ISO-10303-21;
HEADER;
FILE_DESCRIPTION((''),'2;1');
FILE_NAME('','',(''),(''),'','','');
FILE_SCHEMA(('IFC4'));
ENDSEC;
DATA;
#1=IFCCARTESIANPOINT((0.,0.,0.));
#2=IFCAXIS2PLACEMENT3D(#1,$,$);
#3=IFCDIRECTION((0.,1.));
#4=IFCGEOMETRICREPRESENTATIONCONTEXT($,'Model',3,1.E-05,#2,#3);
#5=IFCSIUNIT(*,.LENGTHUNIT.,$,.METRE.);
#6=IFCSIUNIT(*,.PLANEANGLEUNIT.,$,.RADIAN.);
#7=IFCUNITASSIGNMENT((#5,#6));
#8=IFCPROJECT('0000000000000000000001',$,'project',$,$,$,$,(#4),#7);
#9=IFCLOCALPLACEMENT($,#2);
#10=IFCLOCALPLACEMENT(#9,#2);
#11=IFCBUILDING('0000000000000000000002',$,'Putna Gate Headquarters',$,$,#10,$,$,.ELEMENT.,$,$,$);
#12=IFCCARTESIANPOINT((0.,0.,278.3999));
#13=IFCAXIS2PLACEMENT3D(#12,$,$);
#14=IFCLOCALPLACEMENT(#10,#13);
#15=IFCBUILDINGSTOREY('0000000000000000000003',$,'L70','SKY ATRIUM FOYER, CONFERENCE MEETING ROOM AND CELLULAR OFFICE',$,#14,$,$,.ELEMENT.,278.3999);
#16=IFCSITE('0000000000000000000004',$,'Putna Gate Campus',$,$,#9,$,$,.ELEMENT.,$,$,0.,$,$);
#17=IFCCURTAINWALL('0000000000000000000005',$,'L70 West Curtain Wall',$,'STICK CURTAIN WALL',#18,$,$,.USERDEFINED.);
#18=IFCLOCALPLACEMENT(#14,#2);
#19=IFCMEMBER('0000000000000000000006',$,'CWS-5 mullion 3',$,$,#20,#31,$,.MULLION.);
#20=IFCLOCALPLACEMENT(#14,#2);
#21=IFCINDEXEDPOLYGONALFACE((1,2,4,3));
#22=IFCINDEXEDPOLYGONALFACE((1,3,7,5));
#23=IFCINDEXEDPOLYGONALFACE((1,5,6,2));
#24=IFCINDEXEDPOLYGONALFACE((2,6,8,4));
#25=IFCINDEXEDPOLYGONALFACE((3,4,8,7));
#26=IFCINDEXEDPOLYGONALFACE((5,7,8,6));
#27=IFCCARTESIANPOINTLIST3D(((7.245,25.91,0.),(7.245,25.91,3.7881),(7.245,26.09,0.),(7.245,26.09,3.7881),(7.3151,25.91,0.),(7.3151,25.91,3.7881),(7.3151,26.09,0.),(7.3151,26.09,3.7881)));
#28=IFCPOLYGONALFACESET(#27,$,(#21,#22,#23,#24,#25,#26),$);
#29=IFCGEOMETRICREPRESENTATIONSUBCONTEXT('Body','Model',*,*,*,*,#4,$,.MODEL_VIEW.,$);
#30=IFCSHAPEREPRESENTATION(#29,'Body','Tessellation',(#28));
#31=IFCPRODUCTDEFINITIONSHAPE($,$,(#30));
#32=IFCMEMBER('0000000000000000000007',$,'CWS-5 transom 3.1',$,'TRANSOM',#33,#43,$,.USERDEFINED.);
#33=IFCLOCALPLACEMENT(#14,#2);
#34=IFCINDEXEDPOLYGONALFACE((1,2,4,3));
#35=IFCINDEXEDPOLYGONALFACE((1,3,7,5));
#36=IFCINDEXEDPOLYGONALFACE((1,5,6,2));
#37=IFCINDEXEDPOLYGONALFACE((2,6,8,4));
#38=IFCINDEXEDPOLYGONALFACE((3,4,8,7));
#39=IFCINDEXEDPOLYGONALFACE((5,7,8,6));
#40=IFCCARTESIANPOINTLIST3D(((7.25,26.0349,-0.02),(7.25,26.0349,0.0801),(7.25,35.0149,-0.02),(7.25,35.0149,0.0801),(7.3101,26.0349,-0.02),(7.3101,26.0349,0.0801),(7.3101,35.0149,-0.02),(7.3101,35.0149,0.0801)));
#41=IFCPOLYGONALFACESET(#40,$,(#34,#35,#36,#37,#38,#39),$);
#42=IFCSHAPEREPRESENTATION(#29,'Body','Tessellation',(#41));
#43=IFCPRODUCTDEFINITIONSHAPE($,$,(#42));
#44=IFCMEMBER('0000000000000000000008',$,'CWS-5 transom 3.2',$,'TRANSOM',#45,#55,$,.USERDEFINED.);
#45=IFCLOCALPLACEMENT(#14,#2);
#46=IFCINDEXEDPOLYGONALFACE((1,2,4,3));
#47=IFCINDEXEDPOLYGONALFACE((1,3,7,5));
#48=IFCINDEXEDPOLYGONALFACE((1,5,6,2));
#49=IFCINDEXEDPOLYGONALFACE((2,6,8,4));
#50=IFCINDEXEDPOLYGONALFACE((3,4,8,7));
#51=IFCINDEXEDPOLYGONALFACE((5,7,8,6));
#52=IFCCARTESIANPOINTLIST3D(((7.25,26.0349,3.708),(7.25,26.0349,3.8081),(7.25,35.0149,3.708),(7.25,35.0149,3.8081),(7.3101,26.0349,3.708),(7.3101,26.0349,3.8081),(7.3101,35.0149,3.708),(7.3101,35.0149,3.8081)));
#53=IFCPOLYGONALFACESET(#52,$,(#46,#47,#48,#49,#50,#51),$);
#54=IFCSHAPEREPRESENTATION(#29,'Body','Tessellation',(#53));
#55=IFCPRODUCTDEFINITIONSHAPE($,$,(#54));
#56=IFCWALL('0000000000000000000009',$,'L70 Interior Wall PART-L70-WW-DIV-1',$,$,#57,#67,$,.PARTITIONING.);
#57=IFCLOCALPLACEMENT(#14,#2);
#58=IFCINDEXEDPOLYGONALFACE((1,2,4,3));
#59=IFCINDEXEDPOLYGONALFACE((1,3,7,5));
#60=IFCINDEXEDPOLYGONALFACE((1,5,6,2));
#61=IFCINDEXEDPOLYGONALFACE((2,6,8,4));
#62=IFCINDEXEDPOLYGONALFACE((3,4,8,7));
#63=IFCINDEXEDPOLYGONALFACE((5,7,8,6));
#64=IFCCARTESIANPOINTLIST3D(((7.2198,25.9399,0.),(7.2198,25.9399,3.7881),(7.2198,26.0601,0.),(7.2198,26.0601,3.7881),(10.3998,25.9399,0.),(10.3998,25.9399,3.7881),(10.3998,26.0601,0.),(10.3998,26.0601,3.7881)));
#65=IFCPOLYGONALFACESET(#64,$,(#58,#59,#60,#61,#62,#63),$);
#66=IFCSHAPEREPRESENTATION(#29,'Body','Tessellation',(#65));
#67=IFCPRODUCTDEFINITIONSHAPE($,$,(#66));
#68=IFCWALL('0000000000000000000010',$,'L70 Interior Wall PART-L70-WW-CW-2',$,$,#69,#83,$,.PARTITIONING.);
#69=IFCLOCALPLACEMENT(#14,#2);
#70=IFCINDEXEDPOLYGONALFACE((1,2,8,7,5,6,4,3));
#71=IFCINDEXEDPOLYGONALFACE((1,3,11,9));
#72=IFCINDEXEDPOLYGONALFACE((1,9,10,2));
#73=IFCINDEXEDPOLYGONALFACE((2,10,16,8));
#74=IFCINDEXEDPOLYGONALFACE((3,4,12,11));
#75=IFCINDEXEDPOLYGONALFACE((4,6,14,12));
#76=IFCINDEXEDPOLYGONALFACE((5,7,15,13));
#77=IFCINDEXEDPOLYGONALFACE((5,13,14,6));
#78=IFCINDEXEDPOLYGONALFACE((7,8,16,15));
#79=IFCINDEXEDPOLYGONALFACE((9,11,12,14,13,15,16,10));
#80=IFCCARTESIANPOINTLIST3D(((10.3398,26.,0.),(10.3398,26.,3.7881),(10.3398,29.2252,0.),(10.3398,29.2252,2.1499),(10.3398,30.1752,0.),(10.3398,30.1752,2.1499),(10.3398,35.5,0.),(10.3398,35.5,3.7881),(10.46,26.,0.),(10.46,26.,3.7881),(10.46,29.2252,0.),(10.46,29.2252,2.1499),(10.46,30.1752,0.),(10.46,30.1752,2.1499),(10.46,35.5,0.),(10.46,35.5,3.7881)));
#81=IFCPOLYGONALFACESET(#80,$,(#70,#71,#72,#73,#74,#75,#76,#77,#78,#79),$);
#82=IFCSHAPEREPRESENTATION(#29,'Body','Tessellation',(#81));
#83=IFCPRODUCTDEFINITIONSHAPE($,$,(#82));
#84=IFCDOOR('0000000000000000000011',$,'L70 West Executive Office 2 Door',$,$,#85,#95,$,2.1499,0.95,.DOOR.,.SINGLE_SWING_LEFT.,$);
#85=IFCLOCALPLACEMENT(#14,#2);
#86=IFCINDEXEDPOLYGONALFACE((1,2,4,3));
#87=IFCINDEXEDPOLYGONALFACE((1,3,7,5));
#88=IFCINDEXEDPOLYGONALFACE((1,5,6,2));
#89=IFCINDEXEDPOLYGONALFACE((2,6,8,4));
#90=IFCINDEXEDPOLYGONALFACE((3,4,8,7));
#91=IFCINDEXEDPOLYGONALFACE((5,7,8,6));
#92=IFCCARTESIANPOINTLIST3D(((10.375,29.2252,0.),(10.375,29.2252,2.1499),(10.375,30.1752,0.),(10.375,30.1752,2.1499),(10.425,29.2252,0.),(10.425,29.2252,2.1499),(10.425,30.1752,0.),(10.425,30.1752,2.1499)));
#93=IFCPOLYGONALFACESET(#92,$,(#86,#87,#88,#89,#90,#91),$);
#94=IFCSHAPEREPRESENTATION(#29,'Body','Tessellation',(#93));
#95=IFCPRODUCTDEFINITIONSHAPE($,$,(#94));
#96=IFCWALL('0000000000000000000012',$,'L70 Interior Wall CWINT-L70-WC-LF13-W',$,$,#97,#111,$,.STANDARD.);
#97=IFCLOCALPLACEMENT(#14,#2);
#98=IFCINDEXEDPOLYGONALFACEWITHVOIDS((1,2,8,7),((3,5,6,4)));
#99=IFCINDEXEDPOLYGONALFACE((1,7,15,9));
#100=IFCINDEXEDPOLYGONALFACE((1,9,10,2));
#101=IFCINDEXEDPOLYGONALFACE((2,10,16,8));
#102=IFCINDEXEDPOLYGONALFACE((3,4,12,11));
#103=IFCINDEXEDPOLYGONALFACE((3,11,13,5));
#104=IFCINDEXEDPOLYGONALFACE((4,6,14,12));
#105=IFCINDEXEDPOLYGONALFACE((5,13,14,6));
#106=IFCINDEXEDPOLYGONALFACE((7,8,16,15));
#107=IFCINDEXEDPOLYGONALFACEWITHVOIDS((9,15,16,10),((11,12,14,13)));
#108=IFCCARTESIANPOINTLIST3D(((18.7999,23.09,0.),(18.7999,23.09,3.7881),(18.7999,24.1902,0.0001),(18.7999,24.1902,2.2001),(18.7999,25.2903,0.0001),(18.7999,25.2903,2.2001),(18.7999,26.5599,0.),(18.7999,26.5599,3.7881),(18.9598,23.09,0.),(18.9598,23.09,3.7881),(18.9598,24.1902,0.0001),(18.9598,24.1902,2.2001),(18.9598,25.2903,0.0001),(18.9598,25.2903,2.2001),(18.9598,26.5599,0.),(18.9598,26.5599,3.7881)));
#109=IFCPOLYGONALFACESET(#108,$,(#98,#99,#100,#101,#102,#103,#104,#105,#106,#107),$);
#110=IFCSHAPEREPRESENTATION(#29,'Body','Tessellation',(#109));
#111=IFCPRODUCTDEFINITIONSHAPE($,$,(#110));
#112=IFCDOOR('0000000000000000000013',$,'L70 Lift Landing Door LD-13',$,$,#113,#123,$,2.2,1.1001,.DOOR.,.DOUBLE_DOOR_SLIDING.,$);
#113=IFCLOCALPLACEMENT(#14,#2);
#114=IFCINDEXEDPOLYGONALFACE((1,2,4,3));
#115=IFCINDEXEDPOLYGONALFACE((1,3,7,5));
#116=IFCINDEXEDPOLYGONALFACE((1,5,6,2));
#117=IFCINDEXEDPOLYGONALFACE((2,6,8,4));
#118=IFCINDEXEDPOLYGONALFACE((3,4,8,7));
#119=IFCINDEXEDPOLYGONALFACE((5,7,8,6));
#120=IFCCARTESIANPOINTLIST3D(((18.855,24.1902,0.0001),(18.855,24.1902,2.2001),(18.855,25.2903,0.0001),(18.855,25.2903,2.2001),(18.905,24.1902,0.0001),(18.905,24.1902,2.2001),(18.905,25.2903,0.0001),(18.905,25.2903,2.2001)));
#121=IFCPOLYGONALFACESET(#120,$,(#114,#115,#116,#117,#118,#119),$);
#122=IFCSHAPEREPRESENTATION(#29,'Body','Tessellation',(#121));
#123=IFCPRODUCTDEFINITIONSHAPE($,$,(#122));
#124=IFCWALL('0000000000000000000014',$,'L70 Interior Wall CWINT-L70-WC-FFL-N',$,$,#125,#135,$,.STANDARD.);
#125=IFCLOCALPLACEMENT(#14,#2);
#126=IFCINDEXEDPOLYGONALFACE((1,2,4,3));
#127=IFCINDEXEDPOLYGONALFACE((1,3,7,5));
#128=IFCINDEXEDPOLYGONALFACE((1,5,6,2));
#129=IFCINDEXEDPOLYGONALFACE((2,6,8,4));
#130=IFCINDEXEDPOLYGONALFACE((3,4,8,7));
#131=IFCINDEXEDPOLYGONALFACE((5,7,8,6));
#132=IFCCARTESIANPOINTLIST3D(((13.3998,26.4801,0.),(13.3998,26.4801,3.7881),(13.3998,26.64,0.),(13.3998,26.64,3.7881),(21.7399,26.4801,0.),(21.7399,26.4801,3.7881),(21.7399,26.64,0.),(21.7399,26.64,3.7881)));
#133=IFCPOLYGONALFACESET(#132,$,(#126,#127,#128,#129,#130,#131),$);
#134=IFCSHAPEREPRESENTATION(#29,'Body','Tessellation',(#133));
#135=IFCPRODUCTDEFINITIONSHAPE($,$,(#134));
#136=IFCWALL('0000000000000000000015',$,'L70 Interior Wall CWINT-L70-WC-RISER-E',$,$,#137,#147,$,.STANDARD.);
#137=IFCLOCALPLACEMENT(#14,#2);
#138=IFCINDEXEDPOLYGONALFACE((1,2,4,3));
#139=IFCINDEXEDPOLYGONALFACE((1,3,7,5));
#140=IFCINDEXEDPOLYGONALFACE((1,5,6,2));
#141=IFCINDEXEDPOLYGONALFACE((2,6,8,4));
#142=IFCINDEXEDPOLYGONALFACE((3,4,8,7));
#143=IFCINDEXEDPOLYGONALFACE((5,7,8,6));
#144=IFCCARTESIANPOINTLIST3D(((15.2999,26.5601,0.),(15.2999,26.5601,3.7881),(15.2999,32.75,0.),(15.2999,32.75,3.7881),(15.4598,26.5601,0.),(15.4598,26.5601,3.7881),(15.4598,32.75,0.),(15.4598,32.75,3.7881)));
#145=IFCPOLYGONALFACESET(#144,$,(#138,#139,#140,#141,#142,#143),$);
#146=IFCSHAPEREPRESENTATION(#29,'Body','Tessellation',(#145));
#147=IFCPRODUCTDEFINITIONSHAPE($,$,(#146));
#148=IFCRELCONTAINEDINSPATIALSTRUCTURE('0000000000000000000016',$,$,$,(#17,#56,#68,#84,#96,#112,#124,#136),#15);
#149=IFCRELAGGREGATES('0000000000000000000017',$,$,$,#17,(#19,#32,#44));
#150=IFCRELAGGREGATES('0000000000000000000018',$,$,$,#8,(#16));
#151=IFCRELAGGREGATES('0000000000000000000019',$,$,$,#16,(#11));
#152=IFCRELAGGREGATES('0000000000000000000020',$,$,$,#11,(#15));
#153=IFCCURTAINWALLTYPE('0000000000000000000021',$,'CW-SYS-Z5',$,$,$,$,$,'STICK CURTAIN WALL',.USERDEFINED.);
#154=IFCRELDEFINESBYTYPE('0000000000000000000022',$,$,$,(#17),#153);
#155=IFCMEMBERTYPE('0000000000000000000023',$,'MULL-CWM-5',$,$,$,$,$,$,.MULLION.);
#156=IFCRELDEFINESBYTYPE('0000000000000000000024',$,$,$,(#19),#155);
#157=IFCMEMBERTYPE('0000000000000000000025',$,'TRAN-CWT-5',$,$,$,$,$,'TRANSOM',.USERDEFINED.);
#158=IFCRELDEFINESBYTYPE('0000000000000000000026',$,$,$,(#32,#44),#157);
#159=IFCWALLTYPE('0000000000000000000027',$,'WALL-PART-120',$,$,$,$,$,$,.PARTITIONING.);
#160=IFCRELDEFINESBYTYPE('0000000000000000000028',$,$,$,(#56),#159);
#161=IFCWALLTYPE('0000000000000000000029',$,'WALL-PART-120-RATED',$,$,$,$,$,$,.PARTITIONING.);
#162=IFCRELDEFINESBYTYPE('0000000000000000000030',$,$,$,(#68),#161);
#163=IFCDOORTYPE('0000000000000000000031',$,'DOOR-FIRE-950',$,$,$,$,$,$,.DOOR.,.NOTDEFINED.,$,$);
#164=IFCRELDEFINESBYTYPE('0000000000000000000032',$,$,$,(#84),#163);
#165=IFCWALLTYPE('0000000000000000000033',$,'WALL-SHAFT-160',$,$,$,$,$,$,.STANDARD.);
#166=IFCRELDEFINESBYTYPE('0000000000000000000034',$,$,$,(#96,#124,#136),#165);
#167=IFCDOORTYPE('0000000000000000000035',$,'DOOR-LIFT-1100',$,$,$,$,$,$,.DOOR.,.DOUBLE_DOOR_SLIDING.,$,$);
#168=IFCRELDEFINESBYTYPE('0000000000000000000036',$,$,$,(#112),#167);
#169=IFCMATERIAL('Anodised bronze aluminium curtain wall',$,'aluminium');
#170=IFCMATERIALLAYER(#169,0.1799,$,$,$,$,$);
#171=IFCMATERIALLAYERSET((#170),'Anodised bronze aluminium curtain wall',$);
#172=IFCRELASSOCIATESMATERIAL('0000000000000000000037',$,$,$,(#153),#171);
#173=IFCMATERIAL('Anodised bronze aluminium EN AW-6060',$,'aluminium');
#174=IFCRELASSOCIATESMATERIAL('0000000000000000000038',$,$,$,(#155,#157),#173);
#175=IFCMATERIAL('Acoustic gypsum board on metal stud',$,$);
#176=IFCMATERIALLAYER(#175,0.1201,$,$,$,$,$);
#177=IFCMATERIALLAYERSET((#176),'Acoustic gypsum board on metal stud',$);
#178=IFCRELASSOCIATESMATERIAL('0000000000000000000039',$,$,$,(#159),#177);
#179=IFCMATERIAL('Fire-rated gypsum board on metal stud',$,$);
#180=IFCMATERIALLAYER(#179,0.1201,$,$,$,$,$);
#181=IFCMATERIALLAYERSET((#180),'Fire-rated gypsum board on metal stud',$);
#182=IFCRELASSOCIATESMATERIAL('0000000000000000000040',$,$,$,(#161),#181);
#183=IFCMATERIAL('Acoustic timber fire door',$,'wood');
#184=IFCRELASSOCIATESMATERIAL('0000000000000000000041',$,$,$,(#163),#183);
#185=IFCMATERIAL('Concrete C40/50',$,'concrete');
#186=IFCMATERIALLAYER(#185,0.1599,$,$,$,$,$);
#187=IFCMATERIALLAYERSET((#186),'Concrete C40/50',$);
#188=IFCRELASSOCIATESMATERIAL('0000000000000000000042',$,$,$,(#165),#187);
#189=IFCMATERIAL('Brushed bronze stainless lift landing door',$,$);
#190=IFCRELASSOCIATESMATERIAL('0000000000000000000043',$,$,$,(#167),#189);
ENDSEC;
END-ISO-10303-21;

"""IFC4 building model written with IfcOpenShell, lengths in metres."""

from ifc_helpers import new_model, si_unit, direction, frame, frame_2d, origin, origin_2d, place, context, subcontext, project, spatial, rectangle, extrude, material, layer, layer_set, material_profile, profile_set, type_object, element, fill, aggregate, save


model = new_model("IFC4")

# Units and contexts
model_context = context("Model", 3, precision=1e-05, world=origin(), true_north=direction((0.0, 1.0)))
body_context = subcontext(model_context, "Body", "Model", "MODEL_VIEW")
ifc_project = project(units=[si_unit("LENGTHUNIT", "METRE"), si_unit("PLANEANGLEUNIT", "RADIAN")], contexts=[model_context])

# Site, building, storey
site_placement = place(None, origin())
site = spatial("IfcSite", under=ifc_project, at=site_placement, Name="Putna Gate Campus", CompositionType="ELEMENT", RefElevation=0.0)
building_placement = place(site_placement, origin())
building = spatial("IfcBuilding", under=site, at=building_placement, Name="Putna Gate Headquarters", CompositionType="ELEMENT")
storey_placement = place(building_placement, frame((0.0, 0.0, 278.3999)))
storey = spatial("IfcBuildingStorey", under=building, at=storey_placement, Name="L70", Description="SKY ATRIUM FOYER, CONFERENCE MEETING ROOM AND CELLULAR OFFICE", CompositionType="ELEMENT", Elevation=278.3999)

# Curtain wall, members
ifc_material_1 = material(Name="Anodised bronze aluminium curtain wall", Category="aluminium")
ifc_layer_1 = layer(ifc_material_1, 0.1799)
ifc_layer_set_1 = layer_set([ifc_layer_1], Name="Anodised bronze aluminium curtain wall")
curtain_wall_type = type_object("IfcCurtainWallType", Name="CW-SYS-Z5", ElementType="STICK CURTAIN WALL", PredefinedType="USERDEFINED", material=ifc_layer_set_1)
curtain_wall_placement = place(storey_placement, origin())
curtain_wall = element("IfcCurtainWall", 1, at=curtain_wall_placement, inside=storey, type_object=curtain_wall_type, Name="L70 West Curtain Wall", ObjectType="STICK CURTAIN WALL", PredefinedType="USERDEFINED")
ifc_material_2 = material(Name="Anodised bronze aluminium EN AW-6060", Category="aluminium")
ifc_material_profile_1 = material_profile(ifc_material_2, rectangle(XDim=0.0701, YDim=0.1799, at=origin_2d()), Name="Anodised bronze aluminium EN AW-6060")
ifc_profile_set_1 = profile_set([ifc_material_profile_1], Name="Anodised bronze aluminium EN AW-6060")
member_type_1 = type_object("IfcMemberType", Name="MULL-CWM-5", PredefinedType="MULLION", material=ifc_profile_set_1)
member_1_placement = place(storey_placement, frame((7.28, 26.0, 0.0), z_axis=(0.0, 0.0, 1.0), x_axis=(-1.0, 0.0, 0.0)))
member_1 = element("IfcMember", 2, at=member_1_placement, type_object=member_type_1, Name="CWS-5 mullion 3", PredefinedType="MULLION", context=body_context, shape_type="SweptSolid", body=[
    extrude(rectangle(XDim=0.0701, YDim=0.1799, at=origin_2d()), origin(), (0.0, 0.0, 1.0), 3.7881),
])
ifc_material_profile_2 = material_profile(ifc_material_2, rectangle(XDim=0.0601, YDim=0.1001, at=origin_2d()), Name="Anodised bronze aluminium EN AW-6060")
ifc_profile_set_2 = profile_set([ifc_material_profile_2], Name="Anodised bronze aluminium EN AW-6060")
member_type_2 = type_object("IfcMemberType", Name="TRAN-CWT-5", ElementType="TRANSOM", PredefinedType="USERDEFINED", material=ifc_profile_set_2)
member_2_placement = place(storey_placement, frame((7.28, 26.0349, 0.03), z_axis=(0.0, 1.0, 0.0), x_axis=(-1.0, 0.0, 0.0)))
member_2 = element("IfcMember", 3, at=member_2_placement, type_object=member_type_2, Name="CWS-5 transom 3.1", ObjectType="TRANSOM", PredefinedType="USERDEFINED", context=body_context, shape_type="SweptSolid", body=[
    extrude(rectangle(XDim=0.0601, YDim=0.1001, at=origin_2d()), origin(), (0.0, 0.0, 1.0), 8.98),
])
member_3_placement = place(storey_placement, frame((7.28, 26.0349, 3.7581), z_axis=(0.0, 1.0, 0.0), x_axis=(-1.0, 0.0, 0.0)))
member_3 = element("IfcMember", 4, at=member_3_placement, type_object=member_type_2, Name="CWS-5 transom 3.2", ObjectType="TRANSOM", PredefinedType="USERDEFINED", context=body_context, shape_type="SweptSolid", body=[
    extrude(rectangle(XDim=0.0601, YDim=0.1001, at=origin_2d()), origin(), (0.0, 0.0, 1.0), 8.98),
])
aggregate(curtain_wall, [member_1, member_2, member_3])

# Wall
ifc_material_3 = material(Name="Acoustic gypsum board on metal stud")
ifc_layer_2 = layer(ifc_material_3, 0.1201)
ifc_layer_set_2 = layer_set([ifc_layer_2], Name="Acoustic gypsum board on metal stud")
wall_type_1 = type_object("IfcWallType", Name="WALL-PART-120", PredefinedType="PARTITIONING", material=ifc_layer_set_2)
wall_1_placement = place(storey_placement, frame((7.22, 26.0, 0.0), z_axis=(0.0, 0.0, 1.0), x_axis=(1.0, 0.0, 0.0)))
element("IfcWall", 5, at=wall_1_placement, inside=storey, type_object=wall_type_1, Name="L70 Interior Wall PART-L70-WW-DIV-1", PredefinedType="PARTITIONING", context=body_context, shape_type="SweptSolid", body=[
    extrude(rectangle(XDim=3.1799, YDim=0.1201, at=frame_2d((1.5898, 0.0))), origin(), (0.0, 0.0, 1.0), 3.7881),
])

# Walls, openings, doors
ifc_material_4 = material(Name="Fire-rated gypsum board on metal stud")
ifc_layer_3 = layer(ifc_material_4, 0.1201)
ifc_layer_set_3 = layer_set([ifc_layer_3], Name="Fire-rated gypsum board on metal stud")
wall_type_2 = type_object("IfcWallType", Name="WALL-PART-120-RATED", PredefinedType="PARTITIONING", material=ifc_layer_set_3)
wall_2_placement = place(storey_placement, frame((10.3999, 26.0, 0.0), z_axis=(0.0, 0.0, 1.0), x_axis=(0.0, 1.0, 0.0)))
wall_2 = element("IfcWall", 6, at=wall_2_placement, inside=storey, type_object=wall_type_2, Name="L70 Interior Wall PART-L70-WW-CW-2", PredefinedType="PARTITIONING", context=body_context, shape_type="SweptSolid", body=[
    extrude(rectangle(XDim=9.5, YDim=0.1201, at=frame_2d((4.75, 0.0))), origin(), (0.0, 0.0, 1.0), 3.7881),
])
opening_1_placement = place(wall_2_placement, frame((3.2251, 0.0, 0.0)))
opening_1 = element("IfcOpeningElement", 7, at=opening_1_placement, cuts=wall_2, PredefinedType="OPENING", context=body_context, shape_type="SweptSolid", body=[
    extrude(rectangle(XDim=0.95, YDim=2.1499, at=frame_2d((0.4751, 1.075))), frame((0.0, 0.0701, 0.0), z_axis=(0.0, -1.0, 0.0), x_axis=(1.0, 0.0, 0.0)), (0.0, 0.0, 1.0), 0.1401),
])
ifc_material_5 = material(Name="Acoustic timber fire door", Category="wood")
door_type_1 = type_object("IfcDoorType", Name="DOOR-FIRE-950", OperationType="NOTDEFINED", PredefinedType="DOOR", material=ifc_material_5)
door_1_placement = place(opening_1_placement, origin())
door_1 = element("IfcDoor", 8, at=door_1_placement, inside=storey, type_object=door_type_1, Name="L70 West Executive Office 2 Door", OperationType="SINGLE_SWING_LEFT", OverallHeight=2.1499, OverallWidth=0.95, PredefinedType="DOOR", context=body_context, shape_type="SweptSolid", body=[
    extrude(rectangle(XDim=0.95, YDim=2.1499, at=frame_2d((0.4751, 1.075))), frame((0.0, 0.0249, 0.0), z_axis=(0.0, -1.0, 0.0), x_axis=(1.0, 0.0, 0.0)), (0.0, 0.0, 1.0), 0.05),
])
fill(opening_1, door_1)
ifc_material_6 = material(Name="Concrete C40/50", Category="concrete")
ifc_layer_4 = layer(ifc_material_6, 0.1599)
ifc_layer_set_4 = layer_set([ifc_layer_4], Name="Concrete C40/50")
wall_type_3 = type_object("IfcWallType", Name="WALL-SHAFT-160", PredefinedType="STANDARD", material=ifc_layer_set_4)
wall_3_placement = place(storey_placement, frame((18.8799, 23.0901, 0.0), z_axis=(0.0, 0.0, 1.0), x_axis=(0.0, 1.0, 0.0)))
wall_3 = element("IfcWall", 9, at=wall_3_placement, inside=storey, type_object=wall_type_3, Name="L70 Interior Wall CWINT-L70-WC-LF13-W", PredefinedType="STANDARD", context=body_context, shape_type="SweptSolid", body=[
    extrude(rectangle(XDim=3.47, YDim=0.1599, at=frame_2d((1.7349, 0.0))), origin(), (0.0, 0.0, 1.0), 3.7881),
])
opening_2_placement = place(wall_3_placement, frame((1.1001, 0.0, 0.0)))
opening_2 = element("IfcOpeningElement", 10, at=opening_2_placement, cuts=wall_3, PredefinedType="OPENING", context=body_context, shape_type="SweptSolid", body=[
    extrude(rectangle(XDim=1.1001, YDim=2.2, at=frame_2d((0.55, 1.1001))), frame((0.0, 0.0898, 0.0), z_axis=(0.0, -1.0, 0.0), x_axis=(1.0, 0.0, 0.0)), (0.0, 0.0, 1.0), 0.1799),
])
ifc_material_7 = material(Name="Brushed bronze stainless lift landing door")
door_type_2 = type_object("IfcDoorType", Name="DOOR-LIFT-1100", OperationType="DOUBLE_DOOR_SLIDING", PredefinedType="DOOR", material=ifc_material_7)
door_2_placement = place(opening_2_placement, origin())
door_2 = element("IfcDoor", 11, at=door_2_placement, inside=storey, type_object=door_type_2, Name="L70 Lift Landing Door LD-13", OperationType="DOUBLE_DOOR_SLIDING", OverallHeight=2.2, OverallWidth=1.1001, PredefinedType="DOOR", context=body_context, shape_type="SweptSolid", body=[
    extrude(rectangle(XDim=1.1001, YDim=2.2, at=frame_2d((0.55, 1.1001))), frame((0.0, 0.0249, 0.0), z_axis=(0.0, -1.0, 0.0), x_axis=(1.0, 0.0, 0.0)), (0.0, 0.0, 1.0), 0.05),
])
fill(opening_2, door_2)

# Walls
wall_4_placement = place(storey_placement, frame((13.3999, 26.5601, 0.0), z_axis=(0.0, 0.0, 1.0), x_axis=(1.0, 0.0, 0.0)))
element("IfcWall", 12, at=wall_4_placement, inside=storey, type_object=wall_type_3, Name="L70 Interior Wall CWINT-L70-WC-FFL-N", PredefinedType="STANDARD", context=body_context, shape_type="SweptSolid", body=[
    extrude(rectangle(XDim=8.3401, YDim=0.1599, at=frame_2d((4.1699, 0.0))), origin(), (0.0, 0.0, 1.0), 3.7881),
])
wall_5_placement = place(storey_placement, frame((15.3799, 26.5601, 0.0), z_axis=(0.0, 0.0, 1.0), x_axis=(0.0, 1.0, 0.0)))
element("IfcWall", 13, at=wall_5_placement, inside=storey, type_object=wall_type_3, Name="L70 Interior Wall CWINT-L70-WC-RISER-E", PredefinedType="STANDARD", context=body_context, shape_type="SweptSolid", body=[
    extrude(rectangle(XDim=6.1899, YDim=0.1599, at=frame_2d((3.095, 0.0))), origin(), (0.0, 0.0, 1.0), 3.7881),
])

save(model, "model.ifc")
